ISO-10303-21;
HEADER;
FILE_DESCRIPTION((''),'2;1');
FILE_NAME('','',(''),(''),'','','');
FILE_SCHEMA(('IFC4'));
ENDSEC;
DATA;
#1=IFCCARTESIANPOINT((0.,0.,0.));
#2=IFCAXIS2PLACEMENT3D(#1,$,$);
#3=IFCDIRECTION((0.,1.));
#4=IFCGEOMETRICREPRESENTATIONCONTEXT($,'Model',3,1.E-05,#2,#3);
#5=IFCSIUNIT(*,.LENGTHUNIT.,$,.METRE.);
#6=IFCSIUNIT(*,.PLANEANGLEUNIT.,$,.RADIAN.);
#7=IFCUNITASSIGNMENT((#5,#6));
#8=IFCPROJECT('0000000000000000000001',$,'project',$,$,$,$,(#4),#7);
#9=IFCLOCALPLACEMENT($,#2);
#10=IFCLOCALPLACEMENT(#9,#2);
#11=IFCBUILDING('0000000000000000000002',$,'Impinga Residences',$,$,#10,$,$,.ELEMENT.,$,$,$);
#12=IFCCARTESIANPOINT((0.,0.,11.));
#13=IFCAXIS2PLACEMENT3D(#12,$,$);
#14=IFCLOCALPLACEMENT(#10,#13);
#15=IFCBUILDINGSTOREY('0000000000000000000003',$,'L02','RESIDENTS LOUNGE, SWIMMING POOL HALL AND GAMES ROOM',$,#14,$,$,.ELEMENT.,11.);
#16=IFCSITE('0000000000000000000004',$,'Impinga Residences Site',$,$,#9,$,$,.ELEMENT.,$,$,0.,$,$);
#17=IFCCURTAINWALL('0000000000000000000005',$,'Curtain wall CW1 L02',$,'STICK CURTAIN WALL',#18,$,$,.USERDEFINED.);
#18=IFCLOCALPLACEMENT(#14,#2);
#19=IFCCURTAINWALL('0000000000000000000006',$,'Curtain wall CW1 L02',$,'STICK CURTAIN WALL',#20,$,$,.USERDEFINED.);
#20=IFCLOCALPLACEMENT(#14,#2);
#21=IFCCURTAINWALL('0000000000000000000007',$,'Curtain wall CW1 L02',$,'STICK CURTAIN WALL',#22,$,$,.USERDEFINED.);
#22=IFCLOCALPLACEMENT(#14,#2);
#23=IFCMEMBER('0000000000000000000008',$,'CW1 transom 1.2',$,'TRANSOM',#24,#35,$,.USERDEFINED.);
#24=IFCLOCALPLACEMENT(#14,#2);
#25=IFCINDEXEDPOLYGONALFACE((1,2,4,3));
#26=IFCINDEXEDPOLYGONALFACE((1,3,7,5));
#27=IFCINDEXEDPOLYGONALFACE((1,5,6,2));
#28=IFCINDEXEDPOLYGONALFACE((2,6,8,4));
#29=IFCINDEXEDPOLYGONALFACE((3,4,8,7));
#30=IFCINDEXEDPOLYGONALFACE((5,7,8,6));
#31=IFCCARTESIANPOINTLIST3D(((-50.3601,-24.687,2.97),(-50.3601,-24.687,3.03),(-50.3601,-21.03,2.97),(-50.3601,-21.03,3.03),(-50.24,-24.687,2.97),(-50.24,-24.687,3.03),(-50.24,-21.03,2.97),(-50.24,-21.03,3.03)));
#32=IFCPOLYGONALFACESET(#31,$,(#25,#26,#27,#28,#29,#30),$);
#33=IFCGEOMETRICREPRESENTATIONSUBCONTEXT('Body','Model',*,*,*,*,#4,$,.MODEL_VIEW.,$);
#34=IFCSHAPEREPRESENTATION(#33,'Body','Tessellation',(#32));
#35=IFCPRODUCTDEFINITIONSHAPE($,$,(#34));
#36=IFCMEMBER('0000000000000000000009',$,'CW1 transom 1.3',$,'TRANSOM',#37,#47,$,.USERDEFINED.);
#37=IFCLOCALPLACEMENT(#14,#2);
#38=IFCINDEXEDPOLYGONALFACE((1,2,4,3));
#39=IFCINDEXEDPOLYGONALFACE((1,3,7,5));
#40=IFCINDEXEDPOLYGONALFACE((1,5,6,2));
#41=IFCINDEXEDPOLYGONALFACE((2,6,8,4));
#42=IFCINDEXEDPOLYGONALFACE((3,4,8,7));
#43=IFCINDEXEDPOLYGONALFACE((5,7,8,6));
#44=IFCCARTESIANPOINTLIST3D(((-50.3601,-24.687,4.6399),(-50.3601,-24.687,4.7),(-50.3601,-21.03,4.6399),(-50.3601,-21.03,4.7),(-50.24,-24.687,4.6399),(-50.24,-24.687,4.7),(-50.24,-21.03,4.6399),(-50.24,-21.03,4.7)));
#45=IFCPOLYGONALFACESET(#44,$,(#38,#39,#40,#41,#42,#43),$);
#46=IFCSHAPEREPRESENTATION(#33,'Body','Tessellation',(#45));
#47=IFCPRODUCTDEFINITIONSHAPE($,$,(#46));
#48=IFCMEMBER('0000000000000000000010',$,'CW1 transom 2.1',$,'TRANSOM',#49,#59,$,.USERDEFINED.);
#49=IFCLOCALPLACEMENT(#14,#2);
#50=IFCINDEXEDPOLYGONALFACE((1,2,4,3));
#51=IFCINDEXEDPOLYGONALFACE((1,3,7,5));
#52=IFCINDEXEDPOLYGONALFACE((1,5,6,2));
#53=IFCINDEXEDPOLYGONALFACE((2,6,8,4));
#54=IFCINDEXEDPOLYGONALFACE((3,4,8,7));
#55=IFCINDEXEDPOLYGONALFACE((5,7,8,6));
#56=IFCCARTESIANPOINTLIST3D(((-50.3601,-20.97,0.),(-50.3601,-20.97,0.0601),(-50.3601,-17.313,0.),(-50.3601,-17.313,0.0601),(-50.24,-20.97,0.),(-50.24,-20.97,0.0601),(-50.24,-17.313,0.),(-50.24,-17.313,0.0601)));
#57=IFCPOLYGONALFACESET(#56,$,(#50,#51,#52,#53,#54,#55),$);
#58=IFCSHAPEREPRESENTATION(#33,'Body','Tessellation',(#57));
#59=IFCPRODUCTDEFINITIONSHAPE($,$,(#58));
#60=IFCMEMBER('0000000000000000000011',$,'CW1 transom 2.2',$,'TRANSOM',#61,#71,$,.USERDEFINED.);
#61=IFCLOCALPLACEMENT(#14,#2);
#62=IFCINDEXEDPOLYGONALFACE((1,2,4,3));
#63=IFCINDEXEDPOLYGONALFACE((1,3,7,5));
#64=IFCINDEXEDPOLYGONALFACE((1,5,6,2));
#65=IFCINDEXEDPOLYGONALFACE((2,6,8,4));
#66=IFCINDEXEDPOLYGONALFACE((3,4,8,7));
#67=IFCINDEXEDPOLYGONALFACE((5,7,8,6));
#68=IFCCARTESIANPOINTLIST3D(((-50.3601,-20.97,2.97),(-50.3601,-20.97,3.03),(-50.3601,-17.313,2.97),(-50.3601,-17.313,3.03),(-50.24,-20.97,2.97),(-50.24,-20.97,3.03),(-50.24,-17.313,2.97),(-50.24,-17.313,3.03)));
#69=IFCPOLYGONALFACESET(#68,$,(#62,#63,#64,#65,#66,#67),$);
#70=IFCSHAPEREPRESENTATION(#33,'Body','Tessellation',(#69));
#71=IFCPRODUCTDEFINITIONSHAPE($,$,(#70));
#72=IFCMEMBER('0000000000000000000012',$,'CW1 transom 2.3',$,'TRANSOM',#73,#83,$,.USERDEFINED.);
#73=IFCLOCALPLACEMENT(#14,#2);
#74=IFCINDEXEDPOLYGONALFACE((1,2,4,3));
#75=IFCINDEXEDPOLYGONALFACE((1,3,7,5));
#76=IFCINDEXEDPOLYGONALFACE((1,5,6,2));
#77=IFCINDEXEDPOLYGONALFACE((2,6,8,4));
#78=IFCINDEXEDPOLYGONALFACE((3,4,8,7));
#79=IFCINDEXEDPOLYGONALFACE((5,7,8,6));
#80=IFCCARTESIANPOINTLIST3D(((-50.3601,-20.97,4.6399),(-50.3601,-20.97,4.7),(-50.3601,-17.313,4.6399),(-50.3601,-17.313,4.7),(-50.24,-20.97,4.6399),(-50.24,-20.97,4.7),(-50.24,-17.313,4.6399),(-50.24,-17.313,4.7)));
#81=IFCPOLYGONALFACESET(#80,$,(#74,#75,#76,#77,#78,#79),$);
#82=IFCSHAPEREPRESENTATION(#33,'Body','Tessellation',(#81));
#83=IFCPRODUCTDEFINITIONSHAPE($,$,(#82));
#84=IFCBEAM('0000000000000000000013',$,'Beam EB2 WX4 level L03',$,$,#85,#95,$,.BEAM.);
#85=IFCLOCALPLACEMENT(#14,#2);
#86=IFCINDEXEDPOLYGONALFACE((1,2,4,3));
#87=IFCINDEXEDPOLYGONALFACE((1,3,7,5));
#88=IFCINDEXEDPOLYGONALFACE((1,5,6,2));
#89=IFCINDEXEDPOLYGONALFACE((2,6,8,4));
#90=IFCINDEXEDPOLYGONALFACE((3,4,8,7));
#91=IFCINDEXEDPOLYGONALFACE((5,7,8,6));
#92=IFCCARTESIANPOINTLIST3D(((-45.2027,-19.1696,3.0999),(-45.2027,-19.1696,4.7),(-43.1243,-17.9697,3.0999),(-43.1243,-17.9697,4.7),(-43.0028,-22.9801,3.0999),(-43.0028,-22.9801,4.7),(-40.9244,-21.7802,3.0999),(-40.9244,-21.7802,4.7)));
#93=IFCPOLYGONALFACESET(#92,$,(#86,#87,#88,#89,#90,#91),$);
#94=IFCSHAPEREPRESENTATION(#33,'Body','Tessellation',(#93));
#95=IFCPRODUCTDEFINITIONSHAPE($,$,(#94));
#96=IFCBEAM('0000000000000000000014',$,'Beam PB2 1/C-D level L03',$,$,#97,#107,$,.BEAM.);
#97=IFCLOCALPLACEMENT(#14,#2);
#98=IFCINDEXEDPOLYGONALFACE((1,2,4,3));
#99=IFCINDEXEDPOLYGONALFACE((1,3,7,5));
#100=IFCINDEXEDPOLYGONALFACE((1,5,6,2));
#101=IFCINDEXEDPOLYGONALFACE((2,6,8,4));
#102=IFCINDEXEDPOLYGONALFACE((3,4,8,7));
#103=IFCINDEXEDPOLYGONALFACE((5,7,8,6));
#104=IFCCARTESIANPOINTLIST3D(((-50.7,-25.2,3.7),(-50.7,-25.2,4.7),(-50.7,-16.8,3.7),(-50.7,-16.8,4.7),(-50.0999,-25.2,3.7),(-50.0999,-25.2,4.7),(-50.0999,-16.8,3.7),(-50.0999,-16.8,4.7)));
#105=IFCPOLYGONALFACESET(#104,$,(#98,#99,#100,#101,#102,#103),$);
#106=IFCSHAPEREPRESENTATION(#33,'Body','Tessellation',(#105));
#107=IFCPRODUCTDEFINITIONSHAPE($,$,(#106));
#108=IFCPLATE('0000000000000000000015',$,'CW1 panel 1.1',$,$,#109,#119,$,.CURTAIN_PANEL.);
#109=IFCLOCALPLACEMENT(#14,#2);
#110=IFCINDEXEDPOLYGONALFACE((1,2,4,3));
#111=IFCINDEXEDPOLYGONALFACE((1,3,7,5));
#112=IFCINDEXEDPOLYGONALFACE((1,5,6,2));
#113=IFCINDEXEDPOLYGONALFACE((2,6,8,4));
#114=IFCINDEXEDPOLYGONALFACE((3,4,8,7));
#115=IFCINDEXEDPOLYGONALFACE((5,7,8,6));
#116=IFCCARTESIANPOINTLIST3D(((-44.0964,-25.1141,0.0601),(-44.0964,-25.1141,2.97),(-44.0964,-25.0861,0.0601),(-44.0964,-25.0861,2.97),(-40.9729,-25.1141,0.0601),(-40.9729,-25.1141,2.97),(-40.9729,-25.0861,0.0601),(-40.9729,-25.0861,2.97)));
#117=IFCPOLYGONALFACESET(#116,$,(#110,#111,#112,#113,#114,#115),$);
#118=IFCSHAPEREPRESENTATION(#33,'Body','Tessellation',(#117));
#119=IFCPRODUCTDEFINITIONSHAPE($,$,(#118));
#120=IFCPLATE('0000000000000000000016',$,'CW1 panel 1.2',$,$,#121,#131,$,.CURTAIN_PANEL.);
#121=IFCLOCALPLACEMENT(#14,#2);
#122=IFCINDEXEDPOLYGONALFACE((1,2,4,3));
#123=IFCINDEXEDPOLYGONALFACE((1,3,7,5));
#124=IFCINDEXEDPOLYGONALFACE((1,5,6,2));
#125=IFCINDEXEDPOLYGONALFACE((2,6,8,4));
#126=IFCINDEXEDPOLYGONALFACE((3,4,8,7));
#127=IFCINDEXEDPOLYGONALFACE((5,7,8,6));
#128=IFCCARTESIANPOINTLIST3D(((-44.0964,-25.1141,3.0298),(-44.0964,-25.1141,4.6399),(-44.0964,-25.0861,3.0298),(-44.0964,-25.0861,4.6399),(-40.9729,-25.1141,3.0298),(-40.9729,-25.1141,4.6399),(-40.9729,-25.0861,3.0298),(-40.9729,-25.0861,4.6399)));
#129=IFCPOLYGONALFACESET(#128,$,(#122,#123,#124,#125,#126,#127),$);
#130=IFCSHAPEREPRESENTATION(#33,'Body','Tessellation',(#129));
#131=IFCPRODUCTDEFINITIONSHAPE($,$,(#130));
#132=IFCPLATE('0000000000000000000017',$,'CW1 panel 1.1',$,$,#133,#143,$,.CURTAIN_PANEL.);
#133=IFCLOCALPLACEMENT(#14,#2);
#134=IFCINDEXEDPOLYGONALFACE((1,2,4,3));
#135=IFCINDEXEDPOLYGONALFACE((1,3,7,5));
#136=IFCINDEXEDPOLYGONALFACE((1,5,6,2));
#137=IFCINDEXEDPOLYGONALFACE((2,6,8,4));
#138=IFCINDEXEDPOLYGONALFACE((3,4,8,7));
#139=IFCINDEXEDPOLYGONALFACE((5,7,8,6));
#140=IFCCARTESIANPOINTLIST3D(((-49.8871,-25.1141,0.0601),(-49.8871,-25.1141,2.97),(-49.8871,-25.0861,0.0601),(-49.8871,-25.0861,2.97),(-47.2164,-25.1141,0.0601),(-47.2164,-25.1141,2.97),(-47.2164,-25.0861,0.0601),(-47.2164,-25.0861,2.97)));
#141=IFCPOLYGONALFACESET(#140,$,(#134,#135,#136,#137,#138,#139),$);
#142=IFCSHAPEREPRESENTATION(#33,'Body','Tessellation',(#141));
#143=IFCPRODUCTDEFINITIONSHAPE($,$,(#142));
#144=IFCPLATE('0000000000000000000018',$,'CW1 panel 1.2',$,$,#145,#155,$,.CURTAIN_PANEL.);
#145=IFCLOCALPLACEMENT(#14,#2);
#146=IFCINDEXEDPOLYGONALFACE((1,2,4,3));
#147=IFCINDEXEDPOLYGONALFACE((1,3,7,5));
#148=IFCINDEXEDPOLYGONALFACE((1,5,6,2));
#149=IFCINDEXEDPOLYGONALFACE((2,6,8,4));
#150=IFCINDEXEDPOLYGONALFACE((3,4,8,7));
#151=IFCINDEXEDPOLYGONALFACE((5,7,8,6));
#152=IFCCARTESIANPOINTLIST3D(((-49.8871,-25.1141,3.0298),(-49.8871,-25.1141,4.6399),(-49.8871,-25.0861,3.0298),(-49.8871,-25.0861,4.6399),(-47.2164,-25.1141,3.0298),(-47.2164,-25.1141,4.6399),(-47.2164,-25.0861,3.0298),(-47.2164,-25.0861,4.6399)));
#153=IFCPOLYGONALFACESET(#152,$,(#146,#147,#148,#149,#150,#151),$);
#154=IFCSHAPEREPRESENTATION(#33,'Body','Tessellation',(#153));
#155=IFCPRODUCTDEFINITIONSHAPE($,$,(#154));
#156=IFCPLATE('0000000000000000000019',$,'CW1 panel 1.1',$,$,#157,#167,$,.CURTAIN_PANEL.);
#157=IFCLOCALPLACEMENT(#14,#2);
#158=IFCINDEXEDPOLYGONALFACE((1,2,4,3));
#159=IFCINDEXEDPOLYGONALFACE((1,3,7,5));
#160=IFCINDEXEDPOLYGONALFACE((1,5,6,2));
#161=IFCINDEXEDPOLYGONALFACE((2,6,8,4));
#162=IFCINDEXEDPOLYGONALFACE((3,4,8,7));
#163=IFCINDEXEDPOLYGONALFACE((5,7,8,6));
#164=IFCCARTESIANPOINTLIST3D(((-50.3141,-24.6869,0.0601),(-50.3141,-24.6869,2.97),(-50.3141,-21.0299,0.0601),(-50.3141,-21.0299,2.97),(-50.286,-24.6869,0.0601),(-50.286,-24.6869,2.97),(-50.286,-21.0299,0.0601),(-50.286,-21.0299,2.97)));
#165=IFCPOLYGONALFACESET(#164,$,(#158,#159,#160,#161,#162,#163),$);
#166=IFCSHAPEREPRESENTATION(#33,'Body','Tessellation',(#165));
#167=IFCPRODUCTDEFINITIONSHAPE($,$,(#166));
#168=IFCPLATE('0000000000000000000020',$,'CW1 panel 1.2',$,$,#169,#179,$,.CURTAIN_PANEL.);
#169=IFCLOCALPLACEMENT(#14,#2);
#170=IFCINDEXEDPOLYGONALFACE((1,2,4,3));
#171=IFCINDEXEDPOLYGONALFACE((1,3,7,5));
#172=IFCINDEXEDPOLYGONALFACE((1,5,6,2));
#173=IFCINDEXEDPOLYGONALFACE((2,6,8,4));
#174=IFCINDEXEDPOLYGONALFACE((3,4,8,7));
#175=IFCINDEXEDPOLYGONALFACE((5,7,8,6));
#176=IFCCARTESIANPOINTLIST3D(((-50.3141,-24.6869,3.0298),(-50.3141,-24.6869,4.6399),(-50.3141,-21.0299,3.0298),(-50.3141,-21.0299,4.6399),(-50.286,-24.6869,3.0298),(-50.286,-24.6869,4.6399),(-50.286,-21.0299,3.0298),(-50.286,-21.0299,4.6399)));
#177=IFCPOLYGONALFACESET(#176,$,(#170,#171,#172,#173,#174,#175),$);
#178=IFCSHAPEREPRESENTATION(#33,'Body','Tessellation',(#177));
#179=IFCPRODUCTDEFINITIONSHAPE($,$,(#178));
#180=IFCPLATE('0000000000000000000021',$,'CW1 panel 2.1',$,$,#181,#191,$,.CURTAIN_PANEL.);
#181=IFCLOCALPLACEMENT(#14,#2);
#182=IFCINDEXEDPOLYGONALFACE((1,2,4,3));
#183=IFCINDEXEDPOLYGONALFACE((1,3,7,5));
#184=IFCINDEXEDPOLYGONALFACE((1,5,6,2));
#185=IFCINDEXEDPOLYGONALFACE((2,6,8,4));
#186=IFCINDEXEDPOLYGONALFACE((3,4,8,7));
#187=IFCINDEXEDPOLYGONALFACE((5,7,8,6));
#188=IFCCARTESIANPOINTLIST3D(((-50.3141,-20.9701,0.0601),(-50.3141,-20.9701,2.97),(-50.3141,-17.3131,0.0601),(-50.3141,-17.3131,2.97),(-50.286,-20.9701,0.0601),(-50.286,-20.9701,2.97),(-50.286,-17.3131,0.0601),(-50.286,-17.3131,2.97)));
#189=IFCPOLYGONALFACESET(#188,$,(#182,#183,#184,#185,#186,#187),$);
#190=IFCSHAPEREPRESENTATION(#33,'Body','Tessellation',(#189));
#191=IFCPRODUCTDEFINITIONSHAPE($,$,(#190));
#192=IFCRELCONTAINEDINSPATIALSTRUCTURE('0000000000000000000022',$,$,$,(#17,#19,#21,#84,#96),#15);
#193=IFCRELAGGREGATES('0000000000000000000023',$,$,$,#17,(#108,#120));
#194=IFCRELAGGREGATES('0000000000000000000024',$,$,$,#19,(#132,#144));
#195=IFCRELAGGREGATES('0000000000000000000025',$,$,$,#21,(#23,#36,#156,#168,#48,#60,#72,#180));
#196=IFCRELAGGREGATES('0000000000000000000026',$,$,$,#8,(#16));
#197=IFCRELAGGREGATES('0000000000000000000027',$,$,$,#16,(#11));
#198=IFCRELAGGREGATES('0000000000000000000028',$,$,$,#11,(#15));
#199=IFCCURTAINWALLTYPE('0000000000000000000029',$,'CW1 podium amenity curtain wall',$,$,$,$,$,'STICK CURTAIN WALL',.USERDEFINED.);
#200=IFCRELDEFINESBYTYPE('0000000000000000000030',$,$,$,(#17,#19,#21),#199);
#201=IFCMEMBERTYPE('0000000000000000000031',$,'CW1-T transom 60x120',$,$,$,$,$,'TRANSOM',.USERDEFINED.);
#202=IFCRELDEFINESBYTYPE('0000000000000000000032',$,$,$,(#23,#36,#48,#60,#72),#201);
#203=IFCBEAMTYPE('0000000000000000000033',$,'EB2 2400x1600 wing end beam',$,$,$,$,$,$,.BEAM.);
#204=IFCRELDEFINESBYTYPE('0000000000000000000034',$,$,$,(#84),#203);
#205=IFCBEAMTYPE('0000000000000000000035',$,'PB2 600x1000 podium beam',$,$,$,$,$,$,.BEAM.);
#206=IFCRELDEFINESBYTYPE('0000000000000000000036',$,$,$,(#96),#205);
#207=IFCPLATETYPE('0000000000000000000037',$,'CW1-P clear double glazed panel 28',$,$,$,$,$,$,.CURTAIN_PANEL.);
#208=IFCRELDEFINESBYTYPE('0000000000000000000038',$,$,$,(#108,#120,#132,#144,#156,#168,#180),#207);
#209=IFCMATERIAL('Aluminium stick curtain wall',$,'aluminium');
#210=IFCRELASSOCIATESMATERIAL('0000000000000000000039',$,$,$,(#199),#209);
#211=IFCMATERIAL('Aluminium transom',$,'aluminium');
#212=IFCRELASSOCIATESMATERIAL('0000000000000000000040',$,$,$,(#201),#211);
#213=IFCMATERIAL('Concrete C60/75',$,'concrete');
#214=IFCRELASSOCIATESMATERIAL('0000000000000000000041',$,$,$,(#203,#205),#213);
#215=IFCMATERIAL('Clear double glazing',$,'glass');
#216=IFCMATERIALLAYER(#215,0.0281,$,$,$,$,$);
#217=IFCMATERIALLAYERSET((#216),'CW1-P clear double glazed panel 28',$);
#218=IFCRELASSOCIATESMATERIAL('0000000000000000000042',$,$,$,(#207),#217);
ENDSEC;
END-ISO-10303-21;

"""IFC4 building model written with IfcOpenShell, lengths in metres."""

from ifc_helpers import new_model, si_unit, direction, frame, origin, origin_2d, place, context, subcontext, project, spatial, rectangle, extrude, material, layer, layer_set, material_profile, profile_set, type_object, element, aggregate, save


model = new_model("IFC4")

# Units and contexts
model_context = context("Model", 3, precision=1e-05, world=origin(), true_north=direction((0.0, 1.0)))
body_context = subcontext(model_context, "Body", "Model", "MODEL_VIEW")
ifc_project = project(units=[si_unit("LENGTHUNIT", "METRE"), si_unit("PLANEANGLEUNIT", "RADIAN")], contexts=[model_context])

# Site, building, storey
site_placement = place(None, origin())
site = spatial("IfcSite", under=ifc_project, at=site_placement, Name="Impinga Residences Site", CompositionType="ELEMENT", RefElevation=0.0)
building_placement = place(site_placement, origin())
building = spatial("IfcBuilding", under=site, at=building_placement, Name="Impinga Residences", CompositionType="ELEMENT")
storey_placement = place(building_placement, frame((0.0, 0.0, 11.0)))
storey = spatial("IfcBuildingStorey", under=building, at=storey_placement, Name="L02", Description="RESIDENTS LOUNGE, SWIMMING POOL HALL AND GAMES ROOM", CompositionType="ELEMENT", Elevation=11.0)

# Curtain walls
ifc_material_1 = material(Name="Aluminium stick curtain wall", Category="aluminium")
curtain_wall_type = type_object("IfcCurtainWallType", Name="CW1 podium amenity curtain wall", ElementType="STICK CURTAIN WALL", PredefinedType="USERDEFINED", material=ifc_material_1)
curtain_wall_1_placement = place(storey_placement, origin())
curtain_wall_1 = element("IfcCurtainWall", 1, at=curtain_wall_1_placement, inside=storey, type_object=curtain_wall_type, Name="Curtain wall CW1 L02", ObjectType="STICK CURTAIN WALL", PredefinedType="USERDEFINED")
curtain_wall_2_placement = place(storey_placement, origin())
curtain_wall_2 = element("IfcCurtainWall", 2, at=curtain_wall_2_placement, inside=storey, type_object=curtain_wall_type, Name="Curtain wall CW1 L02", ObjectType="STICK CURTAIN WALL", PredefinedType="USERDEFINED")
curtain_wall_3_placement = place(storey_placement, origin())
curtain_wall_3 = element("IfcCurtainWall", 3, at=curtain_wall_3_placement, inside=storey, type_object=curtain_wall_type, Name="Curtain wall CW1 L02", ObjectType="STICK CURTAIN WALL", PredefinedType="USERDEFINED")

# Members
ifc_material_2 = material(Name="Aluminium transom", Category="aluminium")
ifc_material_profile_1 = material_profile(ifc_material_2, rectangle(XDim=0.0601, YDim=0.1201, at=origin_2d()), Name="60x120 transom")
ifc_profile_set_1 = profile_set([ifc_material_profile_1], Name="Aluminium transom")
member_type_1 = type_object("IfcMemberType", Name="CW1-T transom 60x120", ElementType="TRANSOM", PredefinedType="USERDEFINED", material=ifc_profile_set_1)
member_1_placement = place(storey_placement, frame((-50.3, -24.687, 3.0), z_axis=(0.0, 1.0, 0.0), x_axis=(0.0, 0.0, 1.0)))
member_1 = element("IfcMember", 4, at=member_1_placement, type_object=member_type_1, Name="CW1 transom 1.2", ObjectType="TRANSOM", PredefinedType="USERDEFINED", context=body_context, shape_type="SweptSolid", body=[
    extrude(rectangle(XDim=0.0601, YDim=0.1201, at=origin_2d()), origin(), (0.0, 0.0, 1.0), 3.657),
])
member_2_placement = place(storey_placement, frame((-50.3, -24.687, 4.6699), z_axis=(0.0, 1.0, 0.0), x_axis=(0.0, 0.0, 1.0)))
member_2 = element("IfcMember", 5, at=member_2_placement, type_object=member_type_1, Name="CW1 transom 1.3", ObjectType="TRANSOM", PredefinedType="USERDEFINED", context=body_context, shape_type="SweptSolid", body=[
    extrude(rectangle(XDim=0.0601, YDim=0.1201, at=origin_2d()), origin(), (0.0, 0.0, 1.0), 3.657),
])
member_3_placement = place(storey_placement, frame((-50.3, -20.97, 0.03), z_axis=(0.0, 1.0, 0.0), x_axis=(0.0, 0.0, 1.0)))
member_3 = element("IfcMember", 6, at=member_3_placement, type_object=member_type_1, Name="CW1 transom 2.1", ObjectType="TRANSOM", PredefinedType="USERDEFINED", context=body_context, shape_type="SweptSolid", body=[
    extrude(rectangle(XDim=0.0601, YDim=0.1201, at=origin_2d()), origin(), (0.0, 0.0, 1.0), 3.657),
])
member_4_placement = place(storey_placement, frame((-50.3, -20.97, 3.0), z_axis=(0.0, 1.0, 0.0), x_axis=(0.0, 0.0, 1.0)))
member_4 = element("IfcMember", 7, at=member_4_placement, type_object=member_type_1, Name="CW1 transom 2.2", ObjectType="TRANSOM", PredefinedType="USERDEFINED", context=body_context, shape_type="SweptSolid", body=[
    extrude(rectangle(XDim=0.0601, YDim=0.1201, at=origin_2d()), origin(), (0.0, 0.0, 1.0), 3.657),
])
member_5_placement = place(storey_placement, frame((-50.3, -20.97, 4.6699), z_axis=(0.0, 1.0, 0.0), x_axis=(0.0, 0.0, 1.0)))
member_5 = element("IfcMember", 8, at=member_5_placement, type_object=member_type_1, Name="CW1 transom 2.3", ObjectType="TRANSOM", PredefinedType="USERDEFINED", context=body_context, shape_type="SweptSolid", body=[
    extrude(rectangle(XDim=0.0601, YDim=0.1201, at=origin_2d()), origin(), (0.0, 0.0, 1.0), 3.657),
])

# Beams
ifc_material_3 = material(Name="Concrete C60/75", Category="concrete")
ifc_material_profile_2 = material_profile(ifc_material_3, rectangle(XDim=2.3999, YDim=1.6001, at=origin_2d()), Name="RC 2400x1600")
ifc_profile_set_2 = profile_set([ifc_material_profile_2], Name="Concrete C60/75")
beam_type_1 = type_object("IfcBeamType", Name="EB2 2400x1600 wing end beam", PredefinedType="BEAM", material=ifc_profile_set_2)
beam_1_placement = place(storey_placement, frame((-41.9636, -22.3801, 3.8999), z_axis=(-0.499988, 0.866032, 0.0), x_axis=(-0.866032, -0.499988, 0.0)))
element("IfcBeam", 9, at=beam_1_placement, inside=storey, type_object=beam_type_1, Name="Beam EB2 WX4 level L03", PredefinedType="BEAM", context=body_context, shape_type="SweptSolid", body=[
    extrude(rectangle(XDim=2.3999, YDim=1.6001, at=origin_2d()), origin(), (0.0, 0.0, 1.0), 4.3999),
])
ifc_material_profile_3 = material_profile(ifc_material_3, rectangle(XDim=0.6001, YDim=1.0, at=origin_2d()), Name="RC 600x1000")
ifc_profile_set_3 = profile_set([ifc_material_profile_3], Name="Concrete C60/75")
beam_type_2 = type_object("IfcBeamType", Name="PB2 600x1000 podium beam", PredefinedType="BEAM", material=ifc_profile_set_3)
beam_2_placement = place(storey_placement, frame((-50.3999, -25.2, 4.2), z_axis=(0.0, 1.0, 0.0), x_axis=(-1.0, 0.0, 0.0)))
element("IfcBeam", 10, at=beam_2_placement, inside=storey, type_object=beam_type_2, Name="Beam PB2 1/C-D level L03", PredefinedType="BEAM", context=body_context, shape_type="SweptSolid", body=[
    extrude(rectangle(XDim=0.6001, YDim=1.0, at=origin_2d()), origin(), (0.0, 0.0, 1.0), 8.3999),
])

# Plates
ifc_material_4 = material(Name="Clear double glazing", Category="glass")
ifc_layer_1 = layer(ifc_material_4, 0.0281)
ifc_layer_set_1 = layer_set([ifc_layer_1], Name="CW1-P clear double glazed panel 28")
plate_type = type_object("IfcPlateType", Name="CW1-P clear double glazed panel 28", PredefinedType="CURTAIN_PANEL", material=ifc_layer_set_1)
plate_1_placement = place(storey_placement, frame((-42.5347, -25.1001, 0.0601), z_axis=(0.0, 0.0, 1.0), x_axis=(-1.0, 0.0, 0.0)))
plate_1 = element("IfcPlate", 11, at=plate_1_placement, type_object=plate_type, Name="CW1 panel 1.1", PredefinedType="CURTAIN_PANEL", context=body_context, shape_type="SweptSolid", body=[
    extrude(rectangle(XDim=3.1235, YDim=0.0281, at=origin_2d()), origin(), (0.0, 0.0, 1.0), 2.9099),
])
plate_2_placement = place(storey_placement, frame((-42.5347, -25.1001, 3.0298), z_axis=(0.0, 0.0, 1.0), x_axis=(-1.0, 0.0, 0.0)))
plate_2 = element("IfcPlate", 12, at=plate_2_placement, type_object=plate_type, Name="CW1 panel 1.2", PredefinedType="CURTAIN_PANEL", context=body_context, shape_type="SweptSolid", body=[
    extrude(rectangle(XDim=3.1235, YDim=0.0281, at=origin_2d()), origin(), (0.0, 0.0, 1.0), 1.6101),
])
aggregate(curtain_wall_1, [plate_1, plate_2])
plate_3_placement = place(storey_placement, frame((-48.5518, -25.1001, 0.0601), z_axis=(0.0, 0.0, 1.0), x_axis=(-1.0, 0.0, 0.0)))
plate_3 = element("IfcPlate", 13, at=plate_3_placement, type_object=plate_type, Name="CW1 panel 1.1", PredefinedType="CURTAIN_PANEL", context=body_context, shape_type="SweptSolid", body=[
    extrude(rectangle(XDim=2.6707, YDim=0.0281, at=origin_2d()), origin(), (0.0, 0.0, 1.0), 2.9099),
])
plate_4_placement = place(storey_placement, frame((-48.5518, -25.1001, 3.0298), z_axis=(0.0, 0.0, 1.0), x_axis=(-1.0, 0.0, 0.0)))
plate_4 = element("IfcPlate", 14, at=plate_4_placement, type_object=plate_type, Name="CW1 panel 1.2", PredefinedType="CURTAIN_PANEL", context=body_context, shape_type="SweptSolid", body=[
    extrude(rectangle(XDim=2.6707, YDim=0.0281, at=origin_2d()), origin(), (0.0, 0.0, 1.0), 1.6101),
])
aggregate(curtain_wall_2, [plate_3, plate_4])
plate_5_placement = place(storey_placement, frame((-50.3, -22.8584, 0.0601), z_axis=(0.0, 0.0, 1.0), x_axis=(0.0, 1.0, 0.0)))
plate_5 = element("IfcPlate", 15, at=plate_5_placement, type_object=plate_type, Name="CW1 panel 1.1", PredefinedType="CURTAIN_PANEL", context=body_context, shape_type="SweptSolid", body=[
    extrude(rectangle(XDim=3.657, YDim=0.0281, at=origin_2d()), origin(), (0.0, 0.0, 1.0), 2.9099),
])
plate_6_placement = place(storey_placement, frame((-50.3, -22.8584, 3.0298), z_axis=(0.0, 0.0, 1.0), x_axis=(0.0, 1.0, 0.0)))
plate_6 = element("IfcPlate", 16, at=plate_6_placement, type_object=plate_type, Name="CW1 panel 1.2", PredefinedType="CURTAIN_PANEL", context=body_context, shape_type="SweptSolid", body=[
    extrude(rectangle(XDim=3.657, YDim=0.0281, at=origin_2d()), origin(), (0.0, 0.0, 1.0), 1.6101),
])
plate_7_placement = place(storey_placement, frame((-50.3, -19.1416, 0.0601), z_axis=(0.0, 0.0, 1.0), x_axis=(0.0, 1.0, 0.0)))
plate_7 = element("IfcPlate", 17, at=plate_7_placement, type_object=plate_type, Name="CW1 panel 2.1", PredefinedType="CURTAIN_PANEL", context=body_context, shape_type="SweptSolid", body=[
    extrude(rectangle(XDim=3.657, YDim=0.0281, at=origin_2d()), origin(), (0.0, 0.0, 1.0), 2.9099),
])
aggregate(curtain_wall_3, [member_1, member_2, plate_5, plate_6, member_3, member_4, member_5, plate_7])

save(model, "model.ifc")
